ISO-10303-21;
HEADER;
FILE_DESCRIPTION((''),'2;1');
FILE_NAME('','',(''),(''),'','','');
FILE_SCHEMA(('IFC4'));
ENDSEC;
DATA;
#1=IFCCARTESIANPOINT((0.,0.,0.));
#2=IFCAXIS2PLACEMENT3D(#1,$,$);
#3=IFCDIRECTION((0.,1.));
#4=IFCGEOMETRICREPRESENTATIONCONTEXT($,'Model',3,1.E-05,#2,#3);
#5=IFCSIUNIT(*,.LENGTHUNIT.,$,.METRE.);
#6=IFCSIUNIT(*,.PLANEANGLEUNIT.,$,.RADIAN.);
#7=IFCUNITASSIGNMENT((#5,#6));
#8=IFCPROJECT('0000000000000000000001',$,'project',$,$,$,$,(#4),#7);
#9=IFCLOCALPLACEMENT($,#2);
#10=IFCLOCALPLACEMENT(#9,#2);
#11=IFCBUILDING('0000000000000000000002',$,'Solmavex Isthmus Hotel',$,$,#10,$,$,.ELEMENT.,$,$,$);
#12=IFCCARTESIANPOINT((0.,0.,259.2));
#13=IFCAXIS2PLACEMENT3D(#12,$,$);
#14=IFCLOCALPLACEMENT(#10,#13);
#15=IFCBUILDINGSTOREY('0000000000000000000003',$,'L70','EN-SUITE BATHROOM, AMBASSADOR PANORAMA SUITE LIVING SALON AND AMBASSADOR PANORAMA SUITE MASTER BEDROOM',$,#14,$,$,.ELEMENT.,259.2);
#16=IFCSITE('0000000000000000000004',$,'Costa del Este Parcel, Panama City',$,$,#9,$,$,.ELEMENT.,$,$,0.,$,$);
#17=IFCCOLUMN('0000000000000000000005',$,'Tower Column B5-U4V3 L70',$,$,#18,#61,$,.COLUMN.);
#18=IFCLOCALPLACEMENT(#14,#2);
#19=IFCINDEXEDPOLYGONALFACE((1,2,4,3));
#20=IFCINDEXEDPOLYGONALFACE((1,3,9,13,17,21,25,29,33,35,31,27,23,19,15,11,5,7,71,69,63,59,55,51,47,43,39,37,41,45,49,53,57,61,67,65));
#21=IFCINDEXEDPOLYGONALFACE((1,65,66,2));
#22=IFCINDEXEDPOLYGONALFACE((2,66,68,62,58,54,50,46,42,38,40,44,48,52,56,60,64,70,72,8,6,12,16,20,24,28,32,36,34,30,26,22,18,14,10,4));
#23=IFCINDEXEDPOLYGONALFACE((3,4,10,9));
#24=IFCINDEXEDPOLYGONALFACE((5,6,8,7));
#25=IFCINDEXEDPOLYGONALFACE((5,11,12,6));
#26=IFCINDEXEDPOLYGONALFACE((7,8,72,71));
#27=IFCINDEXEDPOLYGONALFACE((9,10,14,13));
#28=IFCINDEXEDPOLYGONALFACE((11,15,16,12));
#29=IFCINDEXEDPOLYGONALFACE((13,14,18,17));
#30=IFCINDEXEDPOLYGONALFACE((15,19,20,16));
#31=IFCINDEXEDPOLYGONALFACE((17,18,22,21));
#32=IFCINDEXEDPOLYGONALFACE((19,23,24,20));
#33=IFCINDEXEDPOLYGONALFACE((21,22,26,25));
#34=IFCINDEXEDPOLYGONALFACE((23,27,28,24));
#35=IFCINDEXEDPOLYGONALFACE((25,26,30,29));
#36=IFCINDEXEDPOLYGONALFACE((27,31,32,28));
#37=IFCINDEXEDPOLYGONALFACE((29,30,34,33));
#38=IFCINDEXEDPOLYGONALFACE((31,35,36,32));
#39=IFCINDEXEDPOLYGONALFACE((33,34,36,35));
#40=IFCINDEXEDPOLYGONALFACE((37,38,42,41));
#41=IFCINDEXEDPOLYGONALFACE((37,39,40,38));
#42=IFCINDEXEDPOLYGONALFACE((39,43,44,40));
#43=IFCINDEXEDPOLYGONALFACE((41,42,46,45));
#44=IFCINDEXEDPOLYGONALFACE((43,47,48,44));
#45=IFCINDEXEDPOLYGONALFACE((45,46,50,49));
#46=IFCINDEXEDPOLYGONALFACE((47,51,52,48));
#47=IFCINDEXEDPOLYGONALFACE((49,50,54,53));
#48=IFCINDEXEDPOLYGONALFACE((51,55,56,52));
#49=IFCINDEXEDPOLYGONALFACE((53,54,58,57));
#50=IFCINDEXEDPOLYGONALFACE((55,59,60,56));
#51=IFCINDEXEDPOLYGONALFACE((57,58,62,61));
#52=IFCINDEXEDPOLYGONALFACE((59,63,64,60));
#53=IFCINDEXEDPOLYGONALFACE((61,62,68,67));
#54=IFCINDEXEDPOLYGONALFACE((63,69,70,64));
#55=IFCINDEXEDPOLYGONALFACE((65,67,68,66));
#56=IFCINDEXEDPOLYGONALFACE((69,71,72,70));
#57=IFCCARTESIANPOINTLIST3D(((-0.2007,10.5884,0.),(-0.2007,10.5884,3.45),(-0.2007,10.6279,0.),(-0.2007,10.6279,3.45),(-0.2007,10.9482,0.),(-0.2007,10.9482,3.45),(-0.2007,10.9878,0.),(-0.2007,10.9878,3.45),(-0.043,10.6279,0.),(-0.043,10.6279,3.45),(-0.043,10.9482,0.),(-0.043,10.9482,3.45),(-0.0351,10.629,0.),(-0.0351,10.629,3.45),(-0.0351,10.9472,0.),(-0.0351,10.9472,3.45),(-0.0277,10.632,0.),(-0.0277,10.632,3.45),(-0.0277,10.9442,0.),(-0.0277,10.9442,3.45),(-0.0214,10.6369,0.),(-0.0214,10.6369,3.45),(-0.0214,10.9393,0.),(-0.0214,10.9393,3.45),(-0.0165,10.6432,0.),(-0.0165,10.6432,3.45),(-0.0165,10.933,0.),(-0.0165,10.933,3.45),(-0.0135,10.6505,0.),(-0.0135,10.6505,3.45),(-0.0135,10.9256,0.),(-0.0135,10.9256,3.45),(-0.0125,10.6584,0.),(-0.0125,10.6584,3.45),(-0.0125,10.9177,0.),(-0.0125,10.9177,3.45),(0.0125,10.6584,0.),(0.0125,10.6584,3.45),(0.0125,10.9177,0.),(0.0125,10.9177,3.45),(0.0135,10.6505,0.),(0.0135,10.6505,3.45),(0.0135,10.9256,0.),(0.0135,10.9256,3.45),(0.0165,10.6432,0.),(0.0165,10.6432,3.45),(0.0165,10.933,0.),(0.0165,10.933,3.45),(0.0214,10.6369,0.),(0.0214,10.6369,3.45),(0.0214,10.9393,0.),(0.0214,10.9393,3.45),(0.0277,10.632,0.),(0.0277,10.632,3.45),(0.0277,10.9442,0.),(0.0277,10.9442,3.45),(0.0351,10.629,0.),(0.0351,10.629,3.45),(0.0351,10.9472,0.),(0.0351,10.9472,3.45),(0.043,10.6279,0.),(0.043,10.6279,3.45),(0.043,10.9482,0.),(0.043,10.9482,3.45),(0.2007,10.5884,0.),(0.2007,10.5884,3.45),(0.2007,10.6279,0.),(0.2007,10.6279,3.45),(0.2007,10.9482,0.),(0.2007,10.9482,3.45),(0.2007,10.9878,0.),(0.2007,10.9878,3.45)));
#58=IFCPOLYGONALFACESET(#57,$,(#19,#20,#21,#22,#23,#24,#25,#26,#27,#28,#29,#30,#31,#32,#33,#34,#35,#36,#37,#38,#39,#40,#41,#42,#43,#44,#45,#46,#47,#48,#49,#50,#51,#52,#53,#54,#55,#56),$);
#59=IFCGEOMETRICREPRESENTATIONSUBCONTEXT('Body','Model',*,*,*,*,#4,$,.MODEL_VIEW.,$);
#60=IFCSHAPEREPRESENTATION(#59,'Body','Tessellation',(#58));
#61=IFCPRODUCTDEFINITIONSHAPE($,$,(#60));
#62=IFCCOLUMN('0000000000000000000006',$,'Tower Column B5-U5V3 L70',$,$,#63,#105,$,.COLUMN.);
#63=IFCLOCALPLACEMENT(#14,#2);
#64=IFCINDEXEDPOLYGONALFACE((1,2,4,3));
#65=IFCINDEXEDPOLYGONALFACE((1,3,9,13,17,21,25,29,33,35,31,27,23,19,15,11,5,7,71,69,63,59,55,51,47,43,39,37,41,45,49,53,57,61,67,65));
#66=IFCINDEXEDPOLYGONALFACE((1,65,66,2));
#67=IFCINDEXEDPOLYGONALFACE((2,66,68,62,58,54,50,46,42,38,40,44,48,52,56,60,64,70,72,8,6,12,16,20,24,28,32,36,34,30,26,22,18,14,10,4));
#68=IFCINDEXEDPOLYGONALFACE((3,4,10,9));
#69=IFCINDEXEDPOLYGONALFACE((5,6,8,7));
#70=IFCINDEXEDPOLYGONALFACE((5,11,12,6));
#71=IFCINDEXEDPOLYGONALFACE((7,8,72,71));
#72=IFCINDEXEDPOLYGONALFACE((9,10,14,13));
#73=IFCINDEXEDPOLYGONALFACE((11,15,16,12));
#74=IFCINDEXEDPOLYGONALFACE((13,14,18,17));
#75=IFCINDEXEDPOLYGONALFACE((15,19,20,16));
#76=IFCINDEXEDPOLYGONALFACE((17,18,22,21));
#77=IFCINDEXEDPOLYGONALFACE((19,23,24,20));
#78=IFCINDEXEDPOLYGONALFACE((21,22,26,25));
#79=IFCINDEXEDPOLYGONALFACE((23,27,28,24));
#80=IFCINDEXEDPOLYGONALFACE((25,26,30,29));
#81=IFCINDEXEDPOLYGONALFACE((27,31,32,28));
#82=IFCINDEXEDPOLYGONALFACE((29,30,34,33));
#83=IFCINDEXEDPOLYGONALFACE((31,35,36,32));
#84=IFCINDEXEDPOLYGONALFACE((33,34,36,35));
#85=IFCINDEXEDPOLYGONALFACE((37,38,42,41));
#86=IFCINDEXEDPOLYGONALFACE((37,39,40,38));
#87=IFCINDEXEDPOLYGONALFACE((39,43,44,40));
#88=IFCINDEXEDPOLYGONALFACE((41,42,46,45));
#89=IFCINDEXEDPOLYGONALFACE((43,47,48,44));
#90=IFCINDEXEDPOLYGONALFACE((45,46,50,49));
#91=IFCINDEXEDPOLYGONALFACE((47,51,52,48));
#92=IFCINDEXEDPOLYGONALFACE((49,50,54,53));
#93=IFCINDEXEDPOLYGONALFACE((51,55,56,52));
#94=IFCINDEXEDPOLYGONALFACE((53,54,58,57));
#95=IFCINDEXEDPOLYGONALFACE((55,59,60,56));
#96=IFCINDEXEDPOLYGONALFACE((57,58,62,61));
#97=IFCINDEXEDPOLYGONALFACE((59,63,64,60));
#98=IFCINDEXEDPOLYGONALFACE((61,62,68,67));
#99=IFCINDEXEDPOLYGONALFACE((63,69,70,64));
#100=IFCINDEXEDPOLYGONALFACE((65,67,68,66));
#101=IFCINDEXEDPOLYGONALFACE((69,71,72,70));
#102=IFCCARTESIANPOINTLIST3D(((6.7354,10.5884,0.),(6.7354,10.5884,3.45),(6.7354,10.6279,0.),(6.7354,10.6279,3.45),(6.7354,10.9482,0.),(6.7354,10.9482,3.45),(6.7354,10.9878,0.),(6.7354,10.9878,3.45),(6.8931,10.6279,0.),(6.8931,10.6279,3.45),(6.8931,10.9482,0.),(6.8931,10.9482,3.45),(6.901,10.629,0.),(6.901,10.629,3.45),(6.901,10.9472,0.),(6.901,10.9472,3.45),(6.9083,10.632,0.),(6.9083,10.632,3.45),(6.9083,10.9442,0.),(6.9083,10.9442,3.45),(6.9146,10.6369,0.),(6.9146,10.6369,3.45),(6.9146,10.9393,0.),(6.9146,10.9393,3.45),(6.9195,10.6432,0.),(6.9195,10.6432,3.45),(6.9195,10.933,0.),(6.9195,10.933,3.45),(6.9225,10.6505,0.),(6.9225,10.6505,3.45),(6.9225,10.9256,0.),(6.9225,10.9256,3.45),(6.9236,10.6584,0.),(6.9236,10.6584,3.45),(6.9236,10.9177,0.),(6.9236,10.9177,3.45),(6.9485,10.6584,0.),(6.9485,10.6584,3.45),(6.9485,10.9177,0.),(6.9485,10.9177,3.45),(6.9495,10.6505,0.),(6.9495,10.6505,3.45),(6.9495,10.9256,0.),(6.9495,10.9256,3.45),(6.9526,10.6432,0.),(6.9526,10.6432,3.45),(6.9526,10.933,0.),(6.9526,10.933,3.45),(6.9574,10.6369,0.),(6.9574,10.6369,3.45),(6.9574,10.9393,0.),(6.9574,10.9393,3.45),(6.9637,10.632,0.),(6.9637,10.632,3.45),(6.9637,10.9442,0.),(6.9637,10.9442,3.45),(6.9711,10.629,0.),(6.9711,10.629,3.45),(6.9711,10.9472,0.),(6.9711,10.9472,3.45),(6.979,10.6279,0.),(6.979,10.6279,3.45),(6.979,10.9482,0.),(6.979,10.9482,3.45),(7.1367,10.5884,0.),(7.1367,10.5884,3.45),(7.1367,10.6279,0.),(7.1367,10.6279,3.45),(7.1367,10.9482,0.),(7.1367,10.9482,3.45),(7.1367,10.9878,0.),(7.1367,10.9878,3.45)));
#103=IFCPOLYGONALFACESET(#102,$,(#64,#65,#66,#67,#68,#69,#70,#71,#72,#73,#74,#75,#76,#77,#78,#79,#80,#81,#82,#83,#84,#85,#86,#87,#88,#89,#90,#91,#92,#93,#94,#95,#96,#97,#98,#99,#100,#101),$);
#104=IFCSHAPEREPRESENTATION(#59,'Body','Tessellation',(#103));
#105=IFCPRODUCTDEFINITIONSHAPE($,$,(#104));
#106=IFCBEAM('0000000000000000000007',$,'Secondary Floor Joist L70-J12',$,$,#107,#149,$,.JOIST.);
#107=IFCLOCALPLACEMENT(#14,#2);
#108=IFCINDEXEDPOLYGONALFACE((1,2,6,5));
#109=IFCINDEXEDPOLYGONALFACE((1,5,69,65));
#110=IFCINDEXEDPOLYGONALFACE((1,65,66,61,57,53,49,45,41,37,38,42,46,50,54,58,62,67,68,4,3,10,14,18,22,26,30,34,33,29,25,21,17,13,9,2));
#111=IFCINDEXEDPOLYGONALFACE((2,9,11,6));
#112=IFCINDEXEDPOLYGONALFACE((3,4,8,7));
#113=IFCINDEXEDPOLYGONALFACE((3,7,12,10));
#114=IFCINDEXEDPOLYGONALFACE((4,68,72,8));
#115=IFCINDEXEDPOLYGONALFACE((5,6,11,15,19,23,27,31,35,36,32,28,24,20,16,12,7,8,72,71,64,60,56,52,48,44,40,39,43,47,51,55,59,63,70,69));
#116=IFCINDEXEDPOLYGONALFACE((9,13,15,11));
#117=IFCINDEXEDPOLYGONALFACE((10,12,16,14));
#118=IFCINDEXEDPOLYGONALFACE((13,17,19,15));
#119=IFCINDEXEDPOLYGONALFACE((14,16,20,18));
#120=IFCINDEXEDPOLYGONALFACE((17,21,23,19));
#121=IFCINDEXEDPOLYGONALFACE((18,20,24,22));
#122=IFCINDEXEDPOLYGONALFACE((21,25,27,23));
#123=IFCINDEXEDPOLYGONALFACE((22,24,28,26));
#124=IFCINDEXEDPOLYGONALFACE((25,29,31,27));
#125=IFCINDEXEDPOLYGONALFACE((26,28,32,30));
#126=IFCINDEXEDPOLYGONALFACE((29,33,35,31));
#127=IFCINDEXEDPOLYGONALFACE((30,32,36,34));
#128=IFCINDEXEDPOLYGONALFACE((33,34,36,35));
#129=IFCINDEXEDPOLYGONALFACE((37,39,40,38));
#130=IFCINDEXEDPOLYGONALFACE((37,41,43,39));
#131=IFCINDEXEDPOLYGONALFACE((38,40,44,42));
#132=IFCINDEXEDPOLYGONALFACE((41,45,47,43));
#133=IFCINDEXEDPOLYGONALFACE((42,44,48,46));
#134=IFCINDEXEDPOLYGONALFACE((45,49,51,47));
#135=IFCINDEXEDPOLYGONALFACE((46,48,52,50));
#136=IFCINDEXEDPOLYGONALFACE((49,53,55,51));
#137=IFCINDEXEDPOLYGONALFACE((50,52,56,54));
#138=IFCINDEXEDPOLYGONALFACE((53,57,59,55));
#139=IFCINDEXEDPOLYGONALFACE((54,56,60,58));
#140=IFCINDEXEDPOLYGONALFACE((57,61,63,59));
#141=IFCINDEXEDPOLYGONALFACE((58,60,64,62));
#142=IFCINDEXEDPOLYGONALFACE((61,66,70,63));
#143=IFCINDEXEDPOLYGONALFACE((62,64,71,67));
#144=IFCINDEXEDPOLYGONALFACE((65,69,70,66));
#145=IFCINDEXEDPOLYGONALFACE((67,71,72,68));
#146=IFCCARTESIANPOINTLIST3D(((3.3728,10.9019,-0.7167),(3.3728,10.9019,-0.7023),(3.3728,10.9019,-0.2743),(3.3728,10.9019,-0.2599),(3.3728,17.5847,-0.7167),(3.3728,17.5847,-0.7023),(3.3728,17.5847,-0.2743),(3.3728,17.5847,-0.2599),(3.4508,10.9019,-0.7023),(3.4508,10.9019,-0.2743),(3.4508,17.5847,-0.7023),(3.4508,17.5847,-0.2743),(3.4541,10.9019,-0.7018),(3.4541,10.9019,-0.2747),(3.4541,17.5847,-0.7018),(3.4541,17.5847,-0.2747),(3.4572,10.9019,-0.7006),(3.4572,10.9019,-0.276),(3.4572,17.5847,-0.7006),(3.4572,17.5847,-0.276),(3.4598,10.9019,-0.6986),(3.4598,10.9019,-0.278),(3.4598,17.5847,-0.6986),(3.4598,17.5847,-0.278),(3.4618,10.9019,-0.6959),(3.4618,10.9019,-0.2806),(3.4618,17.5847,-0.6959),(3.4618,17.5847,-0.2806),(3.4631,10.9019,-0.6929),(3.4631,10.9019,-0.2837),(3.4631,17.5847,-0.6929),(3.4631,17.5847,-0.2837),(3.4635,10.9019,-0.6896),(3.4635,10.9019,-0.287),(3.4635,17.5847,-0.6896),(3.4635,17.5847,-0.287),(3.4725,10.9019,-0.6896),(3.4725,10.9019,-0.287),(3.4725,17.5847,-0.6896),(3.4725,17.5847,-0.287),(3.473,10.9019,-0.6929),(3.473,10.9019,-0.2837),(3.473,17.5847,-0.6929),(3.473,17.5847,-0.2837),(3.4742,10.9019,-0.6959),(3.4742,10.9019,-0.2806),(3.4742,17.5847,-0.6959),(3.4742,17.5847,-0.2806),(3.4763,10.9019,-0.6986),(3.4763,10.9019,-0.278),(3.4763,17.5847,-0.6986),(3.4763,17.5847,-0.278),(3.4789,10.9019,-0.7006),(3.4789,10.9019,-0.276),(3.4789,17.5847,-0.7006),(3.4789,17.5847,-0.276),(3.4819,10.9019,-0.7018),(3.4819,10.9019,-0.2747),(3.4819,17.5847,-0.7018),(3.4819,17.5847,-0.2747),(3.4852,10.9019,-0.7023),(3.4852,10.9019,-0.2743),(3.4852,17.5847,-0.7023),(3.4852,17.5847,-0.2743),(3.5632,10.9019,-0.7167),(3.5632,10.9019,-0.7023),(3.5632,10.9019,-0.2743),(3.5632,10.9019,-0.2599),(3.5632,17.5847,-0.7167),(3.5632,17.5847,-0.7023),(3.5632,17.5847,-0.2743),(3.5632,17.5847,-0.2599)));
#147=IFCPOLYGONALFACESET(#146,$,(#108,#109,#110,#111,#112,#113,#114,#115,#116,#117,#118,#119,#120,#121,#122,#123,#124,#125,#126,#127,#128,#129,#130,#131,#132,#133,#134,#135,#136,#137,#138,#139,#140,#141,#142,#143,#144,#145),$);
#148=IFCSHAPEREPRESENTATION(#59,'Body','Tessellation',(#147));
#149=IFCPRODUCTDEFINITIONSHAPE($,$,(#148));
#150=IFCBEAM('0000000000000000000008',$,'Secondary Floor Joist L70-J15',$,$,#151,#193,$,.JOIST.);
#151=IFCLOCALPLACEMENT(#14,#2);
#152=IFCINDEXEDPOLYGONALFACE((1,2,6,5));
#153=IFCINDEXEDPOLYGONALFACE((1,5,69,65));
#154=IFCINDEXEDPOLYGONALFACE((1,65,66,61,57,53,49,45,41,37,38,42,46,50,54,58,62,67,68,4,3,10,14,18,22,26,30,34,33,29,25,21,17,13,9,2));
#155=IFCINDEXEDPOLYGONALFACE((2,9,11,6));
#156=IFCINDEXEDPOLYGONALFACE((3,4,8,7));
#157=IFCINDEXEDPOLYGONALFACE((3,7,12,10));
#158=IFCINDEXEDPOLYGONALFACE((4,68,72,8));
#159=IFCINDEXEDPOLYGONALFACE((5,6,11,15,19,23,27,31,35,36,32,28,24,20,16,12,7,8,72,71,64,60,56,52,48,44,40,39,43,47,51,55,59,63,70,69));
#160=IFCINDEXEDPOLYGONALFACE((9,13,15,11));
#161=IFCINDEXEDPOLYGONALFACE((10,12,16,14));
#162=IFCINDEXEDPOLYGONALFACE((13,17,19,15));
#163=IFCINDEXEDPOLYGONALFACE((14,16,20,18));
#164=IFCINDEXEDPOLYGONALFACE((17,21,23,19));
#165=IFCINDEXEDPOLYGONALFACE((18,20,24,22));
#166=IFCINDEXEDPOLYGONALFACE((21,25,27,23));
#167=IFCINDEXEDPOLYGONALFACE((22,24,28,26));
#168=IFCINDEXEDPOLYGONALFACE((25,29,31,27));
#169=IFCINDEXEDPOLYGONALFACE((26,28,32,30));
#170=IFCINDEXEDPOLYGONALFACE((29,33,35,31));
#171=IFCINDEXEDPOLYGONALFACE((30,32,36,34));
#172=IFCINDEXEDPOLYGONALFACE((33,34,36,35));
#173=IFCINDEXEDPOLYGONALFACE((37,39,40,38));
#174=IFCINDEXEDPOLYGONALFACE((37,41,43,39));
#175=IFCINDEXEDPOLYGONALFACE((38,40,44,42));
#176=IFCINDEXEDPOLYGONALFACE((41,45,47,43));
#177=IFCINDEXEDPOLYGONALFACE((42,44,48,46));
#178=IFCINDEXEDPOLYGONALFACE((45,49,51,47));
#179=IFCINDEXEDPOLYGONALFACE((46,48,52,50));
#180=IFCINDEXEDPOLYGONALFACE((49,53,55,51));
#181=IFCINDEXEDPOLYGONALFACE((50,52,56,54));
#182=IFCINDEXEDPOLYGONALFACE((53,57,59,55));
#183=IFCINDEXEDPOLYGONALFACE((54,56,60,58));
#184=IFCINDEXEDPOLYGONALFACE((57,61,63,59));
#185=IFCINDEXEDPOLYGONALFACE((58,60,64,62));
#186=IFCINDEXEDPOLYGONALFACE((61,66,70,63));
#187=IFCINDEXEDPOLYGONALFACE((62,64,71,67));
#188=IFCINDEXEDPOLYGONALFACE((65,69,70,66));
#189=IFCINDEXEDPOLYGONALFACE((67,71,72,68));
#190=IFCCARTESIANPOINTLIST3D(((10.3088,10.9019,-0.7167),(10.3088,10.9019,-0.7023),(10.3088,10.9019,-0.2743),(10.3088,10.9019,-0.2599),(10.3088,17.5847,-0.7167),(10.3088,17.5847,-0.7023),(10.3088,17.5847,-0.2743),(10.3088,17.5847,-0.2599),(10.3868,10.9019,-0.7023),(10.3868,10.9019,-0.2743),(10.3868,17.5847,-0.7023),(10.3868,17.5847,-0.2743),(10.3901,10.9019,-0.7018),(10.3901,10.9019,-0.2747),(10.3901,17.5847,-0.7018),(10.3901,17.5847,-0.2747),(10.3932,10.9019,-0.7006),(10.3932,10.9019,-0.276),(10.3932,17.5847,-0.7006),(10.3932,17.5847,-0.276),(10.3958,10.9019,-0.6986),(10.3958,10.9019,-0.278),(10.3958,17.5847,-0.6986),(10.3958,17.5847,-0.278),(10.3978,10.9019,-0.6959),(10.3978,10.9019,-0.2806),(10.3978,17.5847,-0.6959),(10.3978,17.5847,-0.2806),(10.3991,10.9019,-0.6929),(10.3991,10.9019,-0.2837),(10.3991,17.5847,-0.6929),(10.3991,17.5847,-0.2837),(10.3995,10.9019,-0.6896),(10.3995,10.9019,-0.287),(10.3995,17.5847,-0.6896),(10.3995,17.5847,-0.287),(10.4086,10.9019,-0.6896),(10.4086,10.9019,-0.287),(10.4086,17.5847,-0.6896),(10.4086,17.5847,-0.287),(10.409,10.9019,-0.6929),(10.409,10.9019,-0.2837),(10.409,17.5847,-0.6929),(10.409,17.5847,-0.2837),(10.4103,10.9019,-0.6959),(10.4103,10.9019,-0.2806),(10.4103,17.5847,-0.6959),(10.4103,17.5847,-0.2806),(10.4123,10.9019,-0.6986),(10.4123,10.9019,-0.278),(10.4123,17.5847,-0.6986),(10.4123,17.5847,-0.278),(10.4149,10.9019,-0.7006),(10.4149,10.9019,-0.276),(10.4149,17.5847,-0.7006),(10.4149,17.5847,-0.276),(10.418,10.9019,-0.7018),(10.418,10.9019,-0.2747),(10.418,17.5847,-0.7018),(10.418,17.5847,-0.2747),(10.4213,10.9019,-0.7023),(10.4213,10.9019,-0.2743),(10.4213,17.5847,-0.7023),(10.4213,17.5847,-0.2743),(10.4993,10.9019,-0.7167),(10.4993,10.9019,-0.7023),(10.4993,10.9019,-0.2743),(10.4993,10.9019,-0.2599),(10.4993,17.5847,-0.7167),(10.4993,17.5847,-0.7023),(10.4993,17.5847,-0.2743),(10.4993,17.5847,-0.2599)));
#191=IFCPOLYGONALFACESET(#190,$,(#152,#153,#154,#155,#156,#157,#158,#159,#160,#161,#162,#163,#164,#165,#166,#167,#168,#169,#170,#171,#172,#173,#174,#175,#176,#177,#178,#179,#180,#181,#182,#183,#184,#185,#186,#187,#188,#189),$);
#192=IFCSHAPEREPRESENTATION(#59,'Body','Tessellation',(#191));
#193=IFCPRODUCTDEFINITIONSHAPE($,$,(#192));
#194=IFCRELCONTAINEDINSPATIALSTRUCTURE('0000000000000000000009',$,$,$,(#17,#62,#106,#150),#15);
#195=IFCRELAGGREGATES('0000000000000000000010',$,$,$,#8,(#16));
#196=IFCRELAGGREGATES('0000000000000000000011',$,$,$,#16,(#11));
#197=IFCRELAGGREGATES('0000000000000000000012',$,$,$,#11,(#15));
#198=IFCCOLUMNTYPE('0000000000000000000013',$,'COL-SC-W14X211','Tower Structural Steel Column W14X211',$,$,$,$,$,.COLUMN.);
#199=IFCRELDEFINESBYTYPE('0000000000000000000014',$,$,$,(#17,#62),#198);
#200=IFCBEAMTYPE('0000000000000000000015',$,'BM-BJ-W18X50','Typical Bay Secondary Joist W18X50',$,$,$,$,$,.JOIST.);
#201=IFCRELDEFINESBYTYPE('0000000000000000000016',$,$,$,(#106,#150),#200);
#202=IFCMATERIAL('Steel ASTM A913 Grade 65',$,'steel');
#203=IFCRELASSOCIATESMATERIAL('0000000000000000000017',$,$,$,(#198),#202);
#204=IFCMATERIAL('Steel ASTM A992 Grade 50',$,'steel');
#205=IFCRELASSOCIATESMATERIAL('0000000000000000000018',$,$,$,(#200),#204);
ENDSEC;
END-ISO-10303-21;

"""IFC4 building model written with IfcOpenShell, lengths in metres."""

from ifc_helpers import new_model, si_unit, direction, frame, origin, origin_2d, place, context, subcontext, project, spatial, i_section, extrude, material, material_profile, profile_set, type_object, element, save


model = new_model("IFC4")

# Units and contexts
model_context = context("Model", 3, precision=1e-05, world=origin(), true_north=direction((0.0, 1.0)))
body_context = subcontext(model_context, "Body", "Model", "MODEL_VIEW")
ifc_project = project(units=[si_unit("LENGTHUNIT", "METRE"), si_unit("PLANEANGLEUNIT", "RADIAN")], contexts=[model_context])

# Site, building, storey
site_placement = place(None, origin())
site = spatial("IfcSite", under=ifc_project, at=site_placement, Name="Costa del Este Parcel, Panama City", CompositionType="ELEMENT", RefElevation=0.0)
building_placement = place(site_placement, origin())
building = spatial("IfcBuilding", under=site, at=building_placement, Name="Solmavex Isthmus Hotel", CompositionType="ELEMENT")
storey_placement = place(building_placement, frame((0.0, 0.0, 259.2)))
storey = spatial("IfcBuildingStorey", under=building, at=storey_placement, Name="L70", Description="EN-SUITE BATHROOM, AMBASSADOR PANORAMA SUITE LIVING SALON AND AMBASSADOR PANORAMA SUITE MASTER BEDROOM", CompositionType="ELEMENT", Elevation=259.2)

# Columns
ifc_material_1 = material(Name="Steel ASTM A913 Grade 65", Category="steel")
ifc_material_profile_1 = material_profile(ifc_material_1, i_section(OverallWidth=0.4014, OverallDepth=0.3994, WebThickness=0.0249, FlangeThickness=0.0396, FilletRadius=0.0305, at=origin_2d()), Name="W14X211")
ifc_profile_set_1 = profile_set([ifc_material_profile_1], Name="Steel ASTM A913 Grade 65")
column_type = type_object("IfcColumnType", Name="COL-SC-W14X211", Description="Tower Structural Steel Column W14X211", PredefinedType="COLUMN", material=ifc_profile_set_1)
for number, where, z_axis, x_axis, name in (
    (1, (0.0, 10.7881, 0.0), (0.0, 0.0, 1.0), (1.0, 0.0, 0.0), "Tower Column B5-U4V3 L70"),
    (2, (6.936, 10.7881, 0.0), (0.0, 0.0, 1.0), (1.0, 0.0, 0.0), "Tower Column B5-U5V3 L70"),
):
    element("IfcColumn", number, at=place(storey_placement, frame(where, z_axis=z_axis, x_axis=x_axis)), inside=storey, type_object=column_type, Name=name, PredefinedType="COLUMN", context=body_context, shape_type="SweptSolid", body=[
        extrude(i_section(OverallWidth=0.4014, OverallDepth=0.3994, WebThickness=0.0249, FlangeThickness=0.0396, FilletRadius=0.0305, at=origin_2d()), origin(), (0.0, 0.0, 1.0), 3.45),
    ])

# Beams
ifc_material_2 = material(Name="Steel ASTM A992 Grade 50", Category="steel")
ifc_material_profile_2 = material_profile(ifc_material_2, i_section(OverallWidth=0.1904, OverallDepth=0.4568, WebThickness=0.009, FlangeThickness=0.0144, FilletRadius=0.0127, at=origin_2d()), Name="W18X50")
ifc_profile_set_2 = profile_set([ifc_material_profile_2], Name="Steel ASTM A992 Grade 50")
beam_type_1 = type_object("IfcBeamType", Name="BM-BJ-W18X50", Description="Typical Bay Secondary Joist W18X50", PredefinedType="JOIST", material=ifc_profile_set_2)
for number, where, z_axis, x_axis, name in (
    (3, (3.468, 10.9019, -0.4883), (0.0, 1.0, 0.0), (-1.0, 0.0, 0.0), "Secondary Floor Joist L70-J12"),
    (4, (10.4041, 10.9019, -0.4883), (0.0, 1.0, 0.0), (-1.0, 0.0, 0.0), "Secondary Floor Joist L70-J15"),
):
    element("IfcBeam", number, at=place(storey_placement, frame(where, z_axis=z_axis, x_axis=x_axis)), inside=storey, type_object=beam_type_1, Name=name, PredefinedType="JOIST", context=body_context, shape_type="SweptSolid", body=[
        extrude(i_section(OverallWidth=0.1904, OverallDepth=0.4568, WebThickness=0.009, FlangeThickness=0.0144, FilletRadius=0.0127, at=origin_2d()), origin(), (0.0, 0.0, 1.0), 6.6829),
    ])

save(model, "model.ifc")
